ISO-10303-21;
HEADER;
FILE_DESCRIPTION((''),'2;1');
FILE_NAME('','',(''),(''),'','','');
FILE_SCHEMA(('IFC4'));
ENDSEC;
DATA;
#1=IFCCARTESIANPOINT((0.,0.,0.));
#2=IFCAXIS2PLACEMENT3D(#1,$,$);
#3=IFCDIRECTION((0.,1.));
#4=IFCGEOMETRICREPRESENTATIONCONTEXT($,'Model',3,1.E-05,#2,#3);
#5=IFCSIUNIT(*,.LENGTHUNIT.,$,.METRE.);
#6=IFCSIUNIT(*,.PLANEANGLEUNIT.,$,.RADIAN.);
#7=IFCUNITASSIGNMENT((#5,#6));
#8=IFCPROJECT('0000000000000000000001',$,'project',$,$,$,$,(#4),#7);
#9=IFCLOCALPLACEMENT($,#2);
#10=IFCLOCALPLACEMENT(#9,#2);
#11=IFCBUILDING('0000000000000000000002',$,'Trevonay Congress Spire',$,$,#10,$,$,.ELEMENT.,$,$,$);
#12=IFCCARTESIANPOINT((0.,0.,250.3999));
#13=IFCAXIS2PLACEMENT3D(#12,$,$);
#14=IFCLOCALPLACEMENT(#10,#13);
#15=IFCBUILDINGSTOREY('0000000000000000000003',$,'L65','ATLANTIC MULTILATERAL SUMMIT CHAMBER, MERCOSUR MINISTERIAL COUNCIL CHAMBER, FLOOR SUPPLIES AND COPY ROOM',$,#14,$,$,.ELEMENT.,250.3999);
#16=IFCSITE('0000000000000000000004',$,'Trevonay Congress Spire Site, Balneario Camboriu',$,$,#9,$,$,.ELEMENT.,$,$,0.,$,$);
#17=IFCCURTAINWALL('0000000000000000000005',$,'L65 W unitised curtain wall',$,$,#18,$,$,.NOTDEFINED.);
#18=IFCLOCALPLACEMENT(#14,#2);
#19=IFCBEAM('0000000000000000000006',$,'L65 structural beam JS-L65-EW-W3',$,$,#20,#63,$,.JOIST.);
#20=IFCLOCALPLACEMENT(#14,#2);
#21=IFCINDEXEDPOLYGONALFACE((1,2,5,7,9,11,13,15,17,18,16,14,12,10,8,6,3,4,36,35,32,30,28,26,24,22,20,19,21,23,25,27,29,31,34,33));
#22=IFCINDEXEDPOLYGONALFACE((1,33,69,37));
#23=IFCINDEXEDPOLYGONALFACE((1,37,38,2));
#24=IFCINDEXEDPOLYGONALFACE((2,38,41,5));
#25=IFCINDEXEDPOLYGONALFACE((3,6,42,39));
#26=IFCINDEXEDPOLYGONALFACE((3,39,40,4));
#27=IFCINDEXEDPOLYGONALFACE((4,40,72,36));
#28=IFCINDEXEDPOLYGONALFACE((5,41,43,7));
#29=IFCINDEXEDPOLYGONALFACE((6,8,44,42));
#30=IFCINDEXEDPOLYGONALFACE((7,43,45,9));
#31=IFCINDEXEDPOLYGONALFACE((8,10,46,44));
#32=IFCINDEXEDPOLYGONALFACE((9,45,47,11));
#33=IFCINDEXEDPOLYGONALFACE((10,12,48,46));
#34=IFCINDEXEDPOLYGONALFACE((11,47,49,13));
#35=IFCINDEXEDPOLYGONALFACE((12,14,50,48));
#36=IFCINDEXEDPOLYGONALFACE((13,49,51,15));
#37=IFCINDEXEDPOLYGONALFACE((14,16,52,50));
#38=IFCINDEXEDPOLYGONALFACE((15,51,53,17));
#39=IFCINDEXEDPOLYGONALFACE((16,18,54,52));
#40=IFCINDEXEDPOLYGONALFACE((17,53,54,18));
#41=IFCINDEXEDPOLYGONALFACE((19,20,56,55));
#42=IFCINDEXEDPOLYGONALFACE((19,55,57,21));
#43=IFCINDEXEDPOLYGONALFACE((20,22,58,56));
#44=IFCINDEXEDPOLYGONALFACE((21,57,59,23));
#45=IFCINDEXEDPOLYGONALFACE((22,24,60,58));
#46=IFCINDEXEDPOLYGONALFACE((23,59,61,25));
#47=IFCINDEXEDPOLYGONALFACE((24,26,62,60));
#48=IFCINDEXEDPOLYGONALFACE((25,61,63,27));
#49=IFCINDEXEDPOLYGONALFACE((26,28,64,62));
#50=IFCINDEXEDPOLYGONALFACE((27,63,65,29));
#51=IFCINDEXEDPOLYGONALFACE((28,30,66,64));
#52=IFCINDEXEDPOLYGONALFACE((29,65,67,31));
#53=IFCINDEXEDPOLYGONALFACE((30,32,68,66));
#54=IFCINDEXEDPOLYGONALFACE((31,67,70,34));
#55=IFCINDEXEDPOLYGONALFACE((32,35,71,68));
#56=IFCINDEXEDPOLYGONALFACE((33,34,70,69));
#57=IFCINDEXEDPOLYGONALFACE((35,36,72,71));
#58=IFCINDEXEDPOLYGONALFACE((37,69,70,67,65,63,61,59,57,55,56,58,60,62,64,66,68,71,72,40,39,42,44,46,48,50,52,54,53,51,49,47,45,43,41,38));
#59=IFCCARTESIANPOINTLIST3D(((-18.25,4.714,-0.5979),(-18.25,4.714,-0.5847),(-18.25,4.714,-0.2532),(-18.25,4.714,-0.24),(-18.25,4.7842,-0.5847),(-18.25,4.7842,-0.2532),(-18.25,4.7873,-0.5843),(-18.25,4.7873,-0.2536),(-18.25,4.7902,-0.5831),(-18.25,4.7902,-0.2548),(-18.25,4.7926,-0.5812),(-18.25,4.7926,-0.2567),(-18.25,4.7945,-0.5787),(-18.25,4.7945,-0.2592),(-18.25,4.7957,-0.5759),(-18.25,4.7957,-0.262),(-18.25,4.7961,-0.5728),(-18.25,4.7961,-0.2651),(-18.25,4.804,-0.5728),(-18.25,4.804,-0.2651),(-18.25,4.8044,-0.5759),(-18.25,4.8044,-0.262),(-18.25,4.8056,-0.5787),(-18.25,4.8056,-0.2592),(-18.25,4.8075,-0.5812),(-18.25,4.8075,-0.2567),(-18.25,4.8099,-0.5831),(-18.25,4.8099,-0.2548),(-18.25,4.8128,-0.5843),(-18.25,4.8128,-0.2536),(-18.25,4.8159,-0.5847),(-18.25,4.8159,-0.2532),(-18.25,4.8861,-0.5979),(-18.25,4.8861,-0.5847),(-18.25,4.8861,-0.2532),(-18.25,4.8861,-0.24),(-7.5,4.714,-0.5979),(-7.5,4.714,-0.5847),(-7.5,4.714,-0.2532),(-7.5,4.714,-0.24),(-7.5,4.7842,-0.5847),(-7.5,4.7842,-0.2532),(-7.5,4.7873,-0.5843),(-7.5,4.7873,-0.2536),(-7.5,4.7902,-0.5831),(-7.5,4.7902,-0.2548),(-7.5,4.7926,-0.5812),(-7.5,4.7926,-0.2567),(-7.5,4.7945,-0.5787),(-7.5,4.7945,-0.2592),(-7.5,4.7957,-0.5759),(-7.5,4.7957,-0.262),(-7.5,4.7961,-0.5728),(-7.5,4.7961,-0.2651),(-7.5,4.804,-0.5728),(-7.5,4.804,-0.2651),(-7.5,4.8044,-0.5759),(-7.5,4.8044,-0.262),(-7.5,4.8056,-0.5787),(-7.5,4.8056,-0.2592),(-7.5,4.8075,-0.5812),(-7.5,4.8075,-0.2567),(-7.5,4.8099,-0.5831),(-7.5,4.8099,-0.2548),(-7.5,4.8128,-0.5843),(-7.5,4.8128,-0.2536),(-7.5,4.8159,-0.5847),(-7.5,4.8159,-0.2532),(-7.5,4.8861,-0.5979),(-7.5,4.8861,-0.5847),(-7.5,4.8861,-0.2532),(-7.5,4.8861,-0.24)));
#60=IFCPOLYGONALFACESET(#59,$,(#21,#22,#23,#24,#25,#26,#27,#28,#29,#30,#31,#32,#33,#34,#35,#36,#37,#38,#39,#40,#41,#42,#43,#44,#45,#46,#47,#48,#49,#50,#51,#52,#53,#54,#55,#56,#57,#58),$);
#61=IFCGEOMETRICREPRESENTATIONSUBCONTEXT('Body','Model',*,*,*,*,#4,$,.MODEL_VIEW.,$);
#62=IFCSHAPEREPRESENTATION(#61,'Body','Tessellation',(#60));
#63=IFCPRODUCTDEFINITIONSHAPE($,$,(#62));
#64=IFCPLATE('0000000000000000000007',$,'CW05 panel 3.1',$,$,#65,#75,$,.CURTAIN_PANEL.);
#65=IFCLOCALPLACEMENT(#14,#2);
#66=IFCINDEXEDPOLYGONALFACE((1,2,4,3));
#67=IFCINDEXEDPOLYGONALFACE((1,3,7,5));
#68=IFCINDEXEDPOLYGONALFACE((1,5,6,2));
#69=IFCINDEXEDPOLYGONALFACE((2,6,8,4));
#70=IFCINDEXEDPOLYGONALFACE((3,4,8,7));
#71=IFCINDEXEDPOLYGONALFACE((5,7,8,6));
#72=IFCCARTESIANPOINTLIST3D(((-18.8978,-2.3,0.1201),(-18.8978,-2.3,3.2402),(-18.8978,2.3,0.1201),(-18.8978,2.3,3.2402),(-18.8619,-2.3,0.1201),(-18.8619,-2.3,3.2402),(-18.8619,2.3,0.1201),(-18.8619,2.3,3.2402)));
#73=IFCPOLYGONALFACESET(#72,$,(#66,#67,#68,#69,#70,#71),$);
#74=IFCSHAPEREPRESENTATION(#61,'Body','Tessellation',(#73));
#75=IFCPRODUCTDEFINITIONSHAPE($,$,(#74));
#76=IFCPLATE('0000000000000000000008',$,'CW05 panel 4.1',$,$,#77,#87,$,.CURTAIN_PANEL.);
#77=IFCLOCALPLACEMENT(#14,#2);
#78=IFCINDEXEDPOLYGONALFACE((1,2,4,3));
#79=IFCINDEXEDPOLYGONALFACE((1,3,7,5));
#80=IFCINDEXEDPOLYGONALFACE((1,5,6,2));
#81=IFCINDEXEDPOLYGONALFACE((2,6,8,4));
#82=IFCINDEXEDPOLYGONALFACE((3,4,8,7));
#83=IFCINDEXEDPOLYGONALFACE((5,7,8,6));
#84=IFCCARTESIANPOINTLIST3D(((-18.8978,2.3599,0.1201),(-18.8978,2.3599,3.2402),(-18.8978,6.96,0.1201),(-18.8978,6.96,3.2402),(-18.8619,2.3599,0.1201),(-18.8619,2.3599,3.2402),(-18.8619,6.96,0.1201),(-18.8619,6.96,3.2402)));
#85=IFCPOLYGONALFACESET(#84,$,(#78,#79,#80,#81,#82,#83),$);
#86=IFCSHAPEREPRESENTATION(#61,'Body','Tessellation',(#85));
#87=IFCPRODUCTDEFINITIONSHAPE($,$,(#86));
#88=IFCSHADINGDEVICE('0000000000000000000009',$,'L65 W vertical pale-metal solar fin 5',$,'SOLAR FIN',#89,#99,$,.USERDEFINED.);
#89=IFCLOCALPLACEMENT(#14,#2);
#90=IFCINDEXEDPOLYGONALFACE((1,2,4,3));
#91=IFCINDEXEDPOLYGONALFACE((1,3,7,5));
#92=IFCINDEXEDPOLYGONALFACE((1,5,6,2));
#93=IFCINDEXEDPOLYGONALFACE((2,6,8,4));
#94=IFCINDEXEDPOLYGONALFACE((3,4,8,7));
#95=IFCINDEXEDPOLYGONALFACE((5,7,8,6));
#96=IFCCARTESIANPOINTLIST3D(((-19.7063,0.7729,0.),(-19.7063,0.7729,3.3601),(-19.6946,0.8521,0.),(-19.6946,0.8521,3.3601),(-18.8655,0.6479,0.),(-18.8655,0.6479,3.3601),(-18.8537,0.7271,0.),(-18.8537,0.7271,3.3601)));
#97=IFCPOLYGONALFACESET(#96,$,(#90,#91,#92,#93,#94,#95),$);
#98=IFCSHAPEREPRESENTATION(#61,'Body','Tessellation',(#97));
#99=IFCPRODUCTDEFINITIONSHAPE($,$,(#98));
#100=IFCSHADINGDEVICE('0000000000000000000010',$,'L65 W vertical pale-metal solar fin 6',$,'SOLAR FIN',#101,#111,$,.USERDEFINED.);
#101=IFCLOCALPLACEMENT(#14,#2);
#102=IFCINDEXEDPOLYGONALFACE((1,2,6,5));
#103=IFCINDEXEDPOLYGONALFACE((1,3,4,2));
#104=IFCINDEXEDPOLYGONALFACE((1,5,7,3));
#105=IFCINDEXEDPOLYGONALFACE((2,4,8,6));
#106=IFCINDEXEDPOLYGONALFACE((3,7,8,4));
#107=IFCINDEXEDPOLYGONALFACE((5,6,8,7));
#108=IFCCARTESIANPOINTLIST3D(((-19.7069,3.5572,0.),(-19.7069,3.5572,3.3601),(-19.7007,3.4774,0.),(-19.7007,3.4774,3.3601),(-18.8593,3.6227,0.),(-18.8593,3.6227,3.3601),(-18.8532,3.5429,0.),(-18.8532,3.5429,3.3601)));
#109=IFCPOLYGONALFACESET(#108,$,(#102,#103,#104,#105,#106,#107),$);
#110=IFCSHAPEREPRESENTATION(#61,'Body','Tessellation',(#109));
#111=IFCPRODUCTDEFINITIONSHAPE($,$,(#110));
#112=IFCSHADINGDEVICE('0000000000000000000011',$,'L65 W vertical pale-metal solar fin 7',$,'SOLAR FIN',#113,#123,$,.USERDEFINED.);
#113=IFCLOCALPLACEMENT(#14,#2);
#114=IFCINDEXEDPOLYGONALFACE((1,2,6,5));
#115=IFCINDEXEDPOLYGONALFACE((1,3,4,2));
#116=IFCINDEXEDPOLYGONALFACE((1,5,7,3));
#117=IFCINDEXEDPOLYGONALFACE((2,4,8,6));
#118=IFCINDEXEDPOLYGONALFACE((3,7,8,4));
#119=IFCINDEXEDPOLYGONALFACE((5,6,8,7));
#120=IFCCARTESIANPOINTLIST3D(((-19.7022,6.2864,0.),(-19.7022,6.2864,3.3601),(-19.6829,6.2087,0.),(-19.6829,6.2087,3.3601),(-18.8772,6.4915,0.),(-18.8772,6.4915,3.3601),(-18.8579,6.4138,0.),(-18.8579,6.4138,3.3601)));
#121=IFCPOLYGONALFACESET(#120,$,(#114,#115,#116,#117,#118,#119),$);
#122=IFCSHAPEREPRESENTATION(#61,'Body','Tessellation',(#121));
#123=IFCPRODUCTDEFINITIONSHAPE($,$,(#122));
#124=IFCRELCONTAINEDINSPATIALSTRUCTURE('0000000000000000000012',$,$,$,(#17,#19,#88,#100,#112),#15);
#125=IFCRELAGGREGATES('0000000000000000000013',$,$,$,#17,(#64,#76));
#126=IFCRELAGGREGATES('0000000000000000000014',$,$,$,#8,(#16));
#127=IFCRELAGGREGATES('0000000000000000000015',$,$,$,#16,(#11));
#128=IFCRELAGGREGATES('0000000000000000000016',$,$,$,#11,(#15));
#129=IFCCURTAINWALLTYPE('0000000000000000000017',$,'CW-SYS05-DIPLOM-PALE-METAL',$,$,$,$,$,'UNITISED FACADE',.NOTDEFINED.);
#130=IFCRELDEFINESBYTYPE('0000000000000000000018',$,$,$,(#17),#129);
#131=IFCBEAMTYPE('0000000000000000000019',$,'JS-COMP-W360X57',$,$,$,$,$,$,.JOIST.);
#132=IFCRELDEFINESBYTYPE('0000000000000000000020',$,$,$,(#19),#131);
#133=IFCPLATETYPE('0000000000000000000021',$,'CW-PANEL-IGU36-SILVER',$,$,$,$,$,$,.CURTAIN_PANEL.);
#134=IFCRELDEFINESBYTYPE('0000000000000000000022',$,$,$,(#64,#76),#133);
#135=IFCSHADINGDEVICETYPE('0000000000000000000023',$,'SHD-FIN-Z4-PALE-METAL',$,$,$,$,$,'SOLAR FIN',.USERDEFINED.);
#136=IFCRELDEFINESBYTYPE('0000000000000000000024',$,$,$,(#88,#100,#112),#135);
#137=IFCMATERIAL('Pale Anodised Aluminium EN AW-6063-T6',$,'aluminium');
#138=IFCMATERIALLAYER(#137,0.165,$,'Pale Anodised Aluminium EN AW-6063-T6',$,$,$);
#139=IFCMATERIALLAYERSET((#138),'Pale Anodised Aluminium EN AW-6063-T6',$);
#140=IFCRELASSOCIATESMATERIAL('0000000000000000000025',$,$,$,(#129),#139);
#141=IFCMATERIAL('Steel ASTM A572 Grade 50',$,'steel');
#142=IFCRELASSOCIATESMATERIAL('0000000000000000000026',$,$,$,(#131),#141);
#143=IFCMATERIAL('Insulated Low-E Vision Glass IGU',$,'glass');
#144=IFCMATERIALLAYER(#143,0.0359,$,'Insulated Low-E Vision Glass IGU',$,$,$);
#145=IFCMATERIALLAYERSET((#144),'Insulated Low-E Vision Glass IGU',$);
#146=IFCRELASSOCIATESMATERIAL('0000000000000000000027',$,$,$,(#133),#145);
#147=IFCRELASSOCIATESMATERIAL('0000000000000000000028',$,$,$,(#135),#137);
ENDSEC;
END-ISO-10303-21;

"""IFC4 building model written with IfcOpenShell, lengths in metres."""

from ifc_helpers import new_model, si_unit, direction, frame, origin, origin_2d, place, context, subcontext, project, spatial, rectangle, i_section, extrude, material, layer, layer_set, material_profile, profile_set, type_object, element, aggregate, save


model = new_model("IFC4")

# Units and contexts
model_context = context("Model", 3, precision=1e-05, world=origin(), true_north=direction((0.0, 1.0)))
body_context = subcontext(model_context, "Body", "Model", "MODEL_VIEW")
ifc_project = project(units=[si_unit("LENGTHUNIT", "METRE"), si_unit("PLANEANGLEUNIT", "RADIAN")], contexts=[model_context])

# Site, building, storey
site_placement = place(None, origin())
site = spatial("IfcSite", under=ifc_project, at=site_placement, Name="Trevonay Congress Spire Site, Balneario Camboriu", CompositionType="ELEMENT", RefElevation=0.0)
building_placement = place(site_placement, origin())
building = spatial("IfcBuilding", under=site, at=building_placement, Name="Trevonay Congress Spire", CompositionType="ELEMENT")
storey_placement = place(building_placement, frame((0.0, 0.0, 250.3999)))
storey = spatial("IfcBuildingStorey", under=building, at=storey_placement, Name="L65", Description="ATLANTIC MULTILATERAL SUMMIT CHAMBER, MERCOSUR MINISTERIAL COUNCIL CHAMBER, FLOOR SUPPLIES AND COPY ROOM", CompositionType="ELEMENT", Elevation=250.3999)

# Shared definitions
ifc_material_1 = material(Name="Steel ASTM A572 Grade 50", Category="steel")

# Curtain wall
ifc_material_2 = material(Name="Pale Anodised Aluminium EN AW-6063-T6", Category="aluminium")
ifc_layer_1 = layer(ifc_material_2, 0.165, Name="Pale Anodised Aluminium EN AW-6063-T6")
ifc_layer_set_1 = layer_set([ifc_layer_1], Name="Pale Anodised Aluminium EN AW-6063-T6")
curtain_wall_type = type_object("IfcCurtainWallType", Name="CW-SYS05-DIPLOM-PALE-METAL", ElementType="UNITISED FACADE", PredefinedType="NOTDEFINED", material=ifc_layer_set_1)
curtain_wall_placement = place(storey_placement, origin())
curtain_wall = element("IfcCurtainWall", 1, at=curtain_wall_placement, inside=storey, type_object=curtain_wall_type, Name="L65 W unitised curtain wall", PredefinedType="NOTDEFINED")

# Beam
ifc_material_profile_1 = material_profile(ifc_material_1, i_section(OverallWidth=0.1721, OverallDepth=0.3579, WebThickness=0.0078, FlangeThickness=0.0132, FilletRadius=0.012, at=origin_2d()), Name="W360x57.8")
ifc_profile_set_1 = profile_set([ifc_material_profile_1], Name="Steel ASTM A572 Grade 50")
beam_type_1 = type_object("IfcBeamType", Name="JS-COMP-W360X57", PredefinedType="JOIST", material=ifc_profile_set_1)
beam_1_placement = place(storey_placement, frame((-18.25, 4.8, -0.4189), z_axis=(1.0, 0.0, 0.0), x_axis=(0.0, 1.0, 0.0)))
element("IfcBeam", 2, at=beam_1_placement, inside=storey, type_object=beam_type_1, Name="L65 structural beam JS-L65-EW-W3", PredefinedType="JOIST", context=body_context, shape_type="SweptSolid", body=[
    extrude(i_section(OverallWidth=0.1721, OverallDepth=0.3579, WebThickness=0.0078, FlangeThickness=0.0132, FilletRadius=0.012, at=origin_2d()), origin(), (0.0, 0.0, 1.0), 10.75),
])

# Plates
ifc_material_3 = material(Name="Insulated Low-E Vision Glass IGU", Category="glass")
ifc_layer_2 = layer(ifc_material_3, 0.0359, Name="Insulated Low-E Vision Glass IGU")
ifc_layer_set_2 = layer_set([ifc_layer_2], Name="Insulated Low-E Vision Glass IGU")
plate_type = type_object("IfcPlateType", Name="CW-PANEL-IGU36-SILVER", PredefinedType="CURTAIN_PANEL", material=ifc_layer_set_2)
plate_1_placement = place(storey_placement, frame((-18.8799, 0.0, 0.1201), z_axis=(0.0, 0.0, 1.0), x_axis=(0.0, 1.0, 0.0)))
plate_1 = element("IfcPlate", 3, at=plate_1_placement, type_object=plate_type, Name="CW05 panel 3.1", PredefinedType="CURTAIN_PANEL", context=body_context, shape_type="SweptSolid", body=[
    extrude(rectangle(XDim=4.6001, YDim=0.0359, at=origin_2d()), origin(), (0.0, 0.0, 1.0), 3.1201),
])
plate_2_placement = place(storey_placement, frame((-18.8799, 4.6599, 0.1201), z_axis=(0.0, 0.0, 1.0), x_axis=(0.0, 1.0, 0.0)))
plate_2 = element("IfcPlate", 4, at=plate_2_placement, type_object=plate_type, Name="CW05 panel 4.1", PredefinedType="CURTAIN_PANEL", context=body_context, shape_type="SweptSolid", body=[
    extrude(rectangle(XDim=4.6001, YDim=0.0359, at=origin_2d()), origin(), (0.0, 0.0, 1.0), 3.1201),
])
aggregate(curtain_wall, [plate_1, plate_2])

# Shading devices
shading_device_type = type_object("IfcShadingDeviceType", Name="SHD-FIN-Z4-PALE-METAL", ElementType="SOLAR FIN", PredefinedType="USERDEFINED", material=ifc_material_2)
for number, where, z_axis, x_axis, name in (
    (5, (-19.28, 0.75, 0.0), (0.0, 0.0, 1.0), (0.146946, 0.989144, 0.0), "L65 W vertical pale-metal solar fin 5"),
    (6, (-19.28, 3.55, 0.0), (0.0, 0.0, 1.0), (-0.077067, 0.997026, 0.0), "L65 W vertical pale-metal solar fin 6"),
    (7, (-19.28, 6.3501, 0.0), (0.0, 0.0, 1.0), (-0.241244, 0.970464, 0.0), "L65 W vertical pale-metal solar fin 7"),
):
    element("IfcShadingDevice", number, at=place(storey_placement, frame(where, z_axis=z_axis, x_axis=x_axis)), inside=storey, type_object=shading_device_type, Name=name, ObjectType="SOLAR FIN", PredefinedType="USERDEFINED", context=body_context, shape_type="SweptSolid", body=[
        extrude(rectangle(XDim=0.0801, YDim=0.8501, at=origin_2d()), origin(), (0.0, 0.0, 1.0), 3.3601),
    ])

save(model, "model.ifc")
